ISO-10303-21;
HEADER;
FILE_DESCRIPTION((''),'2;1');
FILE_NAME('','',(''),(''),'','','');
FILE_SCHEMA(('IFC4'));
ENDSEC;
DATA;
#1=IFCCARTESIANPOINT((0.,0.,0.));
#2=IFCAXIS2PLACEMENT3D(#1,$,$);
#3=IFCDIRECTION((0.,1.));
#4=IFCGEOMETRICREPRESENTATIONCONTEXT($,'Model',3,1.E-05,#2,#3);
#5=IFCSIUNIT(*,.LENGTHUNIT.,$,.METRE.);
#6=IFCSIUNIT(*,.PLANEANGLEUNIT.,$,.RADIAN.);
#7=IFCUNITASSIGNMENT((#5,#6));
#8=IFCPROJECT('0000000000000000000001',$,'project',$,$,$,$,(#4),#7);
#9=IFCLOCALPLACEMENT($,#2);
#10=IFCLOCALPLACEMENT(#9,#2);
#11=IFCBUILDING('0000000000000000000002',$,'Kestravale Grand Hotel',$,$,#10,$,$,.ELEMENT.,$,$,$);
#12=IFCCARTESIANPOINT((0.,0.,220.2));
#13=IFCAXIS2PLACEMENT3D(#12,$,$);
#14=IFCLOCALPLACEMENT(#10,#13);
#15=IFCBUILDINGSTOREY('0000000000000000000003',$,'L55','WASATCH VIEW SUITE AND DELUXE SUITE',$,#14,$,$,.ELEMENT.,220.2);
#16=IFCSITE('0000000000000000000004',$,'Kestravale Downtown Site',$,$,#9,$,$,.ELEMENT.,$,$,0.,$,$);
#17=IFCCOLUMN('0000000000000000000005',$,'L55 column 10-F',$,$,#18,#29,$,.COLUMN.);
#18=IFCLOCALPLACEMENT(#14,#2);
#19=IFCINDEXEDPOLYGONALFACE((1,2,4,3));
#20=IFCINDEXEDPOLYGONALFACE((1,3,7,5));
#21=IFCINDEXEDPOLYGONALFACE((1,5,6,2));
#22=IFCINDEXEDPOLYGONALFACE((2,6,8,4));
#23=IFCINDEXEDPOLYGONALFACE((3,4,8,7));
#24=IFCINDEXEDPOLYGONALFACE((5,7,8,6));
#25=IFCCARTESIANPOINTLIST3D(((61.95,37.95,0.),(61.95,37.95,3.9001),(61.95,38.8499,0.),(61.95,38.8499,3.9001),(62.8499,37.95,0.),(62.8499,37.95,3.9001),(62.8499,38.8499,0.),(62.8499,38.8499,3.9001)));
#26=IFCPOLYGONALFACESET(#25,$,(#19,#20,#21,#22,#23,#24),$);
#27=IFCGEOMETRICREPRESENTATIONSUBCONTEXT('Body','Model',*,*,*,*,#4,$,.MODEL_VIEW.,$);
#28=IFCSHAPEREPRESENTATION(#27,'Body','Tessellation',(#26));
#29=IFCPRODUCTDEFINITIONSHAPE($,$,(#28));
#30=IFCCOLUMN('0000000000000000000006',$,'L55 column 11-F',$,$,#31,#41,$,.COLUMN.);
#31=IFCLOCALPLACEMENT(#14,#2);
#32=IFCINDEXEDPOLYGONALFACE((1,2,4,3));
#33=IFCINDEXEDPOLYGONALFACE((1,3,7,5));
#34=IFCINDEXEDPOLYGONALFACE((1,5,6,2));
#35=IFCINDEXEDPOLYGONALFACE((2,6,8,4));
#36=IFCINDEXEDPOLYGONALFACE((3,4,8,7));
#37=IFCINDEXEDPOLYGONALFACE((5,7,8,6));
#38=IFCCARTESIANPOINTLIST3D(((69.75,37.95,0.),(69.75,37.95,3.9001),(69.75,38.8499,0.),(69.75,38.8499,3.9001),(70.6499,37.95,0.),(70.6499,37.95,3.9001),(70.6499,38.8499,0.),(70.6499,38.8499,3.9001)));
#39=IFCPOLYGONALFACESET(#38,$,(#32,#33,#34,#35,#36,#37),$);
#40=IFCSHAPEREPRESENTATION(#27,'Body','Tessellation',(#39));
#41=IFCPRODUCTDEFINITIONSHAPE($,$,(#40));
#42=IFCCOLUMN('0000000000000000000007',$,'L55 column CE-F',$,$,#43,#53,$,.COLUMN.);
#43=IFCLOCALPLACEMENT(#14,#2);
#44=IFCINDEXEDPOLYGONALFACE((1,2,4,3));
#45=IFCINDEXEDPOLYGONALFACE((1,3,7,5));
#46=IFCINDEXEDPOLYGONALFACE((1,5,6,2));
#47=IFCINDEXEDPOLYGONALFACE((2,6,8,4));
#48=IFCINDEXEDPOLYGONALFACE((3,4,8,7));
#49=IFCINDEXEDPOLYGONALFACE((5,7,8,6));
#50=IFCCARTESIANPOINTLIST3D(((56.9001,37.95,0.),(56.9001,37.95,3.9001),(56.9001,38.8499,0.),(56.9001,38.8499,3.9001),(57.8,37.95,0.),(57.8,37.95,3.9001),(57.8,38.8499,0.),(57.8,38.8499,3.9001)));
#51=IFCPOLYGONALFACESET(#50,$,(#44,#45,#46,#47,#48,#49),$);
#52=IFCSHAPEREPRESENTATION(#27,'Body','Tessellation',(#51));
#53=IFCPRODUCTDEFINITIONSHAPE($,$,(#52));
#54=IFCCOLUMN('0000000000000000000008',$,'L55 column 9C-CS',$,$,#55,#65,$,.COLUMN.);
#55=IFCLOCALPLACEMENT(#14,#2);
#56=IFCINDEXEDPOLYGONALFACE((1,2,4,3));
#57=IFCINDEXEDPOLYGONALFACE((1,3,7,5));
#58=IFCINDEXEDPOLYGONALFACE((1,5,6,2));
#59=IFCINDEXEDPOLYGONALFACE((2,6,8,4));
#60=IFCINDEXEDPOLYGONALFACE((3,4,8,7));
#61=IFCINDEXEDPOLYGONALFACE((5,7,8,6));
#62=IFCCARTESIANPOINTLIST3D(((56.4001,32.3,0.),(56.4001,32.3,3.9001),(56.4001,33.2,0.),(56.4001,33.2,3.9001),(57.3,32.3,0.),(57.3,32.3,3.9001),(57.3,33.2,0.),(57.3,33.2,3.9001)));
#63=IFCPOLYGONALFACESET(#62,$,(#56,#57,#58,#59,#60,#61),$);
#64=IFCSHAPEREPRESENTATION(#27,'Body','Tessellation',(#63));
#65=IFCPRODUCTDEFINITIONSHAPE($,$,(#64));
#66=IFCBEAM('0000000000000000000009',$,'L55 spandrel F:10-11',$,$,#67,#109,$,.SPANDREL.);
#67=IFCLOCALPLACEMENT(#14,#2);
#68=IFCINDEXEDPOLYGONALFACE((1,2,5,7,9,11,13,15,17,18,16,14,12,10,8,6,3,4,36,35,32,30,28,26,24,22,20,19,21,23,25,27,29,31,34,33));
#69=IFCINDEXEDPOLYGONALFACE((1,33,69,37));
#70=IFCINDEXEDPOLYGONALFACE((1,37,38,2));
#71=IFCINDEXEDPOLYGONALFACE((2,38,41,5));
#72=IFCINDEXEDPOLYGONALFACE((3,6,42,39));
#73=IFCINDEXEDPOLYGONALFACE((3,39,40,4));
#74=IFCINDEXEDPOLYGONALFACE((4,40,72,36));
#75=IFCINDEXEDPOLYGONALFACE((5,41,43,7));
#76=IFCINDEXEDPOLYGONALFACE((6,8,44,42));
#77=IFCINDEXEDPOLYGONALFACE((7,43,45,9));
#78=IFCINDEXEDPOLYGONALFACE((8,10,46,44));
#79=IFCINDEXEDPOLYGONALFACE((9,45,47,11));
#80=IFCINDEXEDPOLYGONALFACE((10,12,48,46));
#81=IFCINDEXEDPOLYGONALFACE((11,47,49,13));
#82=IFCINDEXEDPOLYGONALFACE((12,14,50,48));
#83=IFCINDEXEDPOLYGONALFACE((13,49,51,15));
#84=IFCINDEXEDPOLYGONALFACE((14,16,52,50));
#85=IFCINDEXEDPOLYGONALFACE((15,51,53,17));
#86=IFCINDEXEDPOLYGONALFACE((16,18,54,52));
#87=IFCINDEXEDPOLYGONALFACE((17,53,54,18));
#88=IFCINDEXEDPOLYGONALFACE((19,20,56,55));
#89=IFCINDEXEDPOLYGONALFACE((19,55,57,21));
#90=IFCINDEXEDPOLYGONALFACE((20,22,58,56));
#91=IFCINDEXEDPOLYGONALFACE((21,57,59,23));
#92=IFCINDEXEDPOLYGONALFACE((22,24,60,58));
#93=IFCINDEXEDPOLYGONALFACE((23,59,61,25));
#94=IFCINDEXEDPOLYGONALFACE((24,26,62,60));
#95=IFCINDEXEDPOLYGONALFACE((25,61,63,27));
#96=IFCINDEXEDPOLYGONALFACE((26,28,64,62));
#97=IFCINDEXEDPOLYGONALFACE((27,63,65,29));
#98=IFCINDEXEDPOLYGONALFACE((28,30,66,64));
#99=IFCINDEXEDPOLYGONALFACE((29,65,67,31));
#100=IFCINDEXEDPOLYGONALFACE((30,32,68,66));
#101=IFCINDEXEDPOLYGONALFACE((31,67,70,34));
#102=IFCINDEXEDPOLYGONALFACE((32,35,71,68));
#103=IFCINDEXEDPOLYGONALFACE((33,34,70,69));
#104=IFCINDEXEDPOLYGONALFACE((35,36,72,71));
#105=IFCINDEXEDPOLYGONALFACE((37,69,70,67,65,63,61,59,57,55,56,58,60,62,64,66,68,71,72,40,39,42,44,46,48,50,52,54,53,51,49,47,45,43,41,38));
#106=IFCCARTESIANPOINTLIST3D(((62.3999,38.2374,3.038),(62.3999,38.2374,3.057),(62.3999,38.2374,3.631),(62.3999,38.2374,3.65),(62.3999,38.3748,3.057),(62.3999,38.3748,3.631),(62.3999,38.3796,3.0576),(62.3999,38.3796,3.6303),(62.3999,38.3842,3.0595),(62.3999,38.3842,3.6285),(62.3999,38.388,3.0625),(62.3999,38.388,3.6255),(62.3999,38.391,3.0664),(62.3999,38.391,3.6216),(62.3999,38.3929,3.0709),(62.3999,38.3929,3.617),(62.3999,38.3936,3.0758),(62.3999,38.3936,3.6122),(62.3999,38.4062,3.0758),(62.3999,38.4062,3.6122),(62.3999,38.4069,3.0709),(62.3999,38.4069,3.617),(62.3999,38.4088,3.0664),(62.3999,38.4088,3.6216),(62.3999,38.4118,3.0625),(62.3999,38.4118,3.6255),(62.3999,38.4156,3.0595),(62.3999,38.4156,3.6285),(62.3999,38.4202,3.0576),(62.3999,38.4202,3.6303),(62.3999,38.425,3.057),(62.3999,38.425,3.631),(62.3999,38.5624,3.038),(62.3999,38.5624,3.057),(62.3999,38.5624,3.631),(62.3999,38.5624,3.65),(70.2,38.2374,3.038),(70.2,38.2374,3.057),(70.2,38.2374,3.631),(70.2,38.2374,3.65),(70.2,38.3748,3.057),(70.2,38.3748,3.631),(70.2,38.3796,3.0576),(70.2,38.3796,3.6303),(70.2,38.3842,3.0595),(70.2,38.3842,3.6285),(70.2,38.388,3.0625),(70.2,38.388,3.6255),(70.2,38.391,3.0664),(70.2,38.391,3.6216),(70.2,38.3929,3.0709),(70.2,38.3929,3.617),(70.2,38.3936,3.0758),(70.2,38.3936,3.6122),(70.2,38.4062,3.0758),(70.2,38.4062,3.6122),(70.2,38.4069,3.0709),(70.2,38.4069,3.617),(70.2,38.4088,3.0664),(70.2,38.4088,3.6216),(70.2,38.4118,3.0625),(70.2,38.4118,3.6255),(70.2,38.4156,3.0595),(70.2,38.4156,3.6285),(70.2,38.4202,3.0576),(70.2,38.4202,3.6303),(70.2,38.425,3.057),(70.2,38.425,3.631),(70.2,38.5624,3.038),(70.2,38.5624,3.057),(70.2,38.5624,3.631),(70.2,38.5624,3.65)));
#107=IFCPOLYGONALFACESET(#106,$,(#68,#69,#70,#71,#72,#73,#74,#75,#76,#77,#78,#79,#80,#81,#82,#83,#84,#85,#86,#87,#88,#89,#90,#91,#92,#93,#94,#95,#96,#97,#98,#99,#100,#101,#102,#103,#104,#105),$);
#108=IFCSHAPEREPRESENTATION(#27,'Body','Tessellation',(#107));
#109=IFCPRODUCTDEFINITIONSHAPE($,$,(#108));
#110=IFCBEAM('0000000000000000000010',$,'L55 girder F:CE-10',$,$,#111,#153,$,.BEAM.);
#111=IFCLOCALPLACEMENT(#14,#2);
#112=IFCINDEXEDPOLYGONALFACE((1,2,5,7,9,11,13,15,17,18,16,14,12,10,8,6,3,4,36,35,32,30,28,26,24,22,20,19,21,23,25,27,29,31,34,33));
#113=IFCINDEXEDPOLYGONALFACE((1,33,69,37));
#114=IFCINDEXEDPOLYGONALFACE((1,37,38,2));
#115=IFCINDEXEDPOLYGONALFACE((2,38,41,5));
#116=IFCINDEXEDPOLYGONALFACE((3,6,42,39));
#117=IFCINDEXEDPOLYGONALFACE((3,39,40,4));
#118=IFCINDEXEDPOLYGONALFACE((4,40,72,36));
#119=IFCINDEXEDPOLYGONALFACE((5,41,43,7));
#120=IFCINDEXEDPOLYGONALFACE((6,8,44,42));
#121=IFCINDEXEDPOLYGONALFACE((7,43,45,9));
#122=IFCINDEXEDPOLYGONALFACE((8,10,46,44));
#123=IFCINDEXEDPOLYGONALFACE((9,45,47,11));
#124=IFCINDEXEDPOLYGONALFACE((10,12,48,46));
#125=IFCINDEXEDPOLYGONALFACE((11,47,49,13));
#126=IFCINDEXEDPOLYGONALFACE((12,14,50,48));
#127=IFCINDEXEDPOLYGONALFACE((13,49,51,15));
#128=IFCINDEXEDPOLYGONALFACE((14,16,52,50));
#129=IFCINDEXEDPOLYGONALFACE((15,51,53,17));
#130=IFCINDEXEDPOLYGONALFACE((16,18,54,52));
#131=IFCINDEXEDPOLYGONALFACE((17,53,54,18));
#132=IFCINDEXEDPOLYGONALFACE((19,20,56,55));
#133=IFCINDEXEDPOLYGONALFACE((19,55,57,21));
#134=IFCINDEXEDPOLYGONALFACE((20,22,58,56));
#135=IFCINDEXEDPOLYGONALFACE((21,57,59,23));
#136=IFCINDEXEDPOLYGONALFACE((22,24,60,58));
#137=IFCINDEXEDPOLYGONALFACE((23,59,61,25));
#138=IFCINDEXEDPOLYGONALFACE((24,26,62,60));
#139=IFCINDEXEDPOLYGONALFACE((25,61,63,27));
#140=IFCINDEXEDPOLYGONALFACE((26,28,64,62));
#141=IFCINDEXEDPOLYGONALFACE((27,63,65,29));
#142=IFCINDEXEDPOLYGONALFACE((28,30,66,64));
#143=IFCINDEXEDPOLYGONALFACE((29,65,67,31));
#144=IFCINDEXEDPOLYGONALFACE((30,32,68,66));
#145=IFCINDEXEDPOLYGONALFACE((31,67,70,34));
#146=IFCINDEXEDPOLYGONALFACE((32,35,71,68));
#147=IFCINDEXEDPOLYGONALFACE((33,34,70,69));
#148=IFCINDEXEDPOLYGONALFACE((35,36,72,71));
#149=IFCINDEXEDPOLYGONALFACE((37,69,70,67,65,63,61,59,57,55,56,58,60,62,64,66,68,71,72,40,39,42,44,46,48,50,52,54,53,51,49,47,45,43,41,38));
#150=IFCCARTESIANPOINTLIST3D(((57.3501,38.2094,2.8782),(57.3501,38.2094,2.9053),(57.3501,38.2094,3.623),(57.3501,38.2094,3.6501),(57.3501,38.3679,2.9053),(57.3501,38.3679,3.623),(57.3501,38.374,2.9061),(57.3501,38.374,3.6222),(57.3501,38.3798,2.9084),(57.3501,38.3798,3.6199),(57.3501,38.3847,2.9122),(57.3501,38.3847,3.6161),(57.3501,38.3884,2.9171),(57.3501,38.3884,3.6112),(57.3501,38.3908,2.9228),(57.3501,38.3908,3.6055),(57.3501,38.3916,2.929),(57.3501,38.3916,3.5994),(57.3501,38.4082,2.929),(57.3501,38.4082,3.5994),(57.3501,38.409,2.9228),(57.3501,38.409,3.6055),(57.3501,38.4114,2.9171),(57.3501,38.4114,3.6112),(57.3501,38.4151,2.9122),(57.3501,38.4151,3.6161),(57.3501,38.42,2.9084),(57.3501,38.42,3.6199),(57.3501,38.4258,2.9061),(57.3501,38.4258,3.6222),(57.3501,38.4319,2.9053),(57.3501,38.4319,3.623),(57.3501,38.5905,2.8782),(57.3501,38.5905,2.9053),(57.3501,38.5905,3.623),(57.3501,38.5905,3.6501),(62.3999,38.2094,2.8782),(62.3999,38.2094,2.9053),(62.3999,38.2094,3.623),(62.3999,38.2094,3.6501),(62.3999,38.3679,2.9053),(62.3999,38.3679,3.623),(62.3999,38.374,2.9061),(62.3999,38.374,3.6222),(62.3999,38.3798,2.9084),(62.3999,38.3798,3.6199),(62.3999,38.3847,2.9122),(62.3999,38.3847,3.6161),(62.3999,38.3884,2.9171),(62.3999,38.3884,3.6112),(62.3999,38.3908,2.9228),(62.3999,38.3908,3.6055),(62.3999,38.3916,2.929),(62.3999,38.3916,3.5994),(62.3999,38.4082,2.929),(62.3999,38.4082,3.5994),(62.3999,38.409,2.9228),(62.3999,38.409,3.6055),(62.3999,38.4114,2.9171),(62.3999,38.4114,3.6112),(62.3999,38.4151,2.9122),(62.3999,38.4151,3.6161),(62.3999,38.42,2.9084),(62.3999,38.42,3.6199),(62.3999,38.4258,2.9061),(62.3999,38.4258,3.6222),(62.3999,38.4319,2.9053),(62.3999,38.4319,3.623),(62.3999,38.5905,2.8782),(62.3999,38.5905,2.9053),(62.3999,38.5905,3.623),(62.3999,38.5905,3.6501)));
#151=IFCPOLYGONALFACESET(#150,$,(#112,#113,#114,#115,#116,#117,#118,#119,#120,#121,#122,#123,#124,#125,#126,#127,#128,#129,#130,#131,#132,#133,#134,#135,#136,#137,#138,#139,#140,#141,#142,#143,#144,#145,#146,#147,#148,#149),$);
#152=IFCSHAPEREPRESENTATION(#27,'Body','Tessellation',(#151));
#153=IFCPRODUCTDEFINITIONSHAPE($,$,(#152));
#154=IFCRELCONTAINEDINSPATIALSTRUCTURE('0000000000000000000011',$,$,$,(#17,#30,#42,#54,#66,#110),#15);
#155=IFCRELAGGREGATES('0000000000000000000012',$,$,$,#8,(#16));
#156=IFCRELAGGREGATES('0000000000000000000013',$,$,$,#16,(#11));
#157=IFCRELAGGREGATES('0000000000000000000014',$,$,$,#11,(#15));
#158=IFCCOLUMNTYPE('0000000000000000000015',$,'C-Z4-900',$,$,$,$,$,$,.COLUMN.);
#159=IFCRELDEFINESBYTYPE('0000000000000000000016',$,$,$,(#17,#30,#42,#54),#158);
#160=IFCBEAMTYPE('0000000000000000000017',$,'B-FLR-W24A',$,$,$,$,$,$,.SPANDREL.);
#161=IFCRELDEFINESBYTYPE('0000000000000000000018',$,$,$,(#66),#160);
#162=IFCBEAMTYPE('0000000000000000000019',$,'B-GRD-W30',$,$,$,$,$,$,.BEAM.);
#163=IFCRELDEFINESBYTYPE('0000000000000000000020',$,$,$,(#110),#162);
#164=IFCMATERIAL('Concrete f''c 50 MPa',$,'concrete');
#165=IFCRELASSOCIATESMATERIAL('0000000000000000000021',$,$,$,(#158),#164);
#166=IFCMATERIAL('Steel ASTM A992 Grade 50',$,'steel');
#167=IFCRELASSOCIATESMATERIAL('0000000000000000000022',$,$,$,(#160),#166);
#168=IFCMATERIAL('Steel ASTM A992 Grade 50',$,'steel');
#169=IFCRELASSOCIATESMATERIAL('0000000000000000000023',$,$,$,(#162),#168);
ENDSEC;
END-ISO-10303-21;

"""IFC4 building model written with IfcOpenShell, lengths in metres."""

from ifc_helpers import new_model, si_unit, direction, frame, origin, origin_2d, place, context, subcontext, project, spatial, rectangle, i_section, extrude, material, material_profile, profile_set, type_object, element, save


model = new_model("IFC4")

# Units and contexts
model_context = context("Model", 3, precision=1e-05, world=origin(), true_north=direction((0.0, 1.0)))
body_context = subcontext(model_context, "Body", "Model", "MODEL_VIEW")
ifc_project = project(units=[si_unit("LENGTHUNIT", "METRE"), si_unit("PLANEANGLEUNIT", "RADIAN")], contexts=[model_context])

# Site, building, storey
site_placement = place(None, origin())
site = spatial("IfcSite", under=ifc_project, at=site_placement, Name="Kestravale Downtown Site", CompositionType="ELEMENT", RefElevation=0.0)
building_placement = place(site_placement, origin())
building = spatial("IfcBuilding", under=site, at=building_placement, Name="Kestravale Grand Hotel", CompositionType="ELEMENT")
storey_placement = place(building_placement, frame((0.0, 0.0, 220.2)))
storey = spatial("IfcBuildingStorey", under=building, at=storey_placement, Name="L55", Description="WASATCH VIEW SUITE AND DELUXE SUITE", CompositionType="ELEMENT", Elevation=220.2)

# Columns
ifc_material_1 = material(Name="Concrete f'c 50 MPa", Category="concrete")
ifc_material_profile_1 = material_profile(ifc_material_1, rectangle(XDim=0.8999, YDim=0.8999, at=origin_2d()))
ifc_profile_set_1 = profile_set([ifc_material_profile_1], Name="Concrete f'c 50 MPa")
column_type = type_object("IfcColumnType", Name="C-Z4-900", PredefinedType="COLUMN", material=ifc_profile_set_1)
for number, where, z_axis, x_axis, name in (
    (1, (62.3999, 38.3999, 0.0), (0.0, 0.0, 1.0), (1.0, 0.0, 0.0), "L55 column 10-F"),
    (2, (70.2, 38.3999, 0.0), (0.0, 0.0, 1.0), (1.0, 0.0, 0.0), "L55 column 11-F"),
    (3, (57.3501, 38.3999, 0.0), (0.0, 0.0, 1.0), (1.0, 0.0, 0.0), "L55 column CE-F"),
    (4, (56.8501, 32.75, 0.0), (0.0, 0.0, 1.0), (1.0, 0.0, 0.0), "L55 column 9C-CS"),
):
    element("IfcColumn", number, at=place(storey_placement, frame(where, z_axis=z_axis, x_axis=x_axis)), inside=storey, type_object=column_type, Name=name, PredefinedType="COLUMN", context=body_context, shape_type="SweptSolid", body=[
        extrude(rectangle(XDim=0.8999, YDim=0.8999, at=origin_2d()), origin(), (0.0, 0.0, 1.0), 3.9001),
    ])

# Beams
ifc_material_2 = material(Name="Steel ASTM A992 Grade 50", Category="steel")
ifc_material_profile_2 = material_profile(ifc_material_2, i_section(OverallWidth=0.325, OverallDepth=0.6121, WebThickness=0.0127, FlangeThickness=0.019, FilletRadius=0.0188, at=origin_2d()))
ifc_profile_set_2 = profile_set([ifc_material_profile_2], Name="Steel ASTM A992 Grade 50")
beam_type_1 = type_object("IfcBeamType", Name="B-FLR-W24A", PredefinedType="SPANDREL", material=ifc_profile_set_2)
beam_1_placement = place(storey_placement, frame((62.3999, 38.3999, 3.344), z_axis=(1.0, 0.0, 0.0), x_axis=(0.0, 1.0, 0.0)))
element("IfcBeam", 5, at=beam_1_placement, inside=storey, type_object=beam_type_1, Name="L55 spandrel F:10-11", PredefinedType="SPANDREL", context=body_context, shape_type="SweptSolid", body=[
    extrude(i_section(OverallWidth=0.325, OverallDepth=0.6121, WebThickness=0.0127, FlangeThickness=0.019, FilletRadius=0.0188, at=origin_2d()), origin(), (0.0, 0.0, 1.0), 7.8),
])
ifc_material_3 = material(Name="Steel ASTM A992 Grade 50", Category="steel")
ifc_material_profile_3 = material_profile(ifc_material_3, i_section(OverallWidth=0.3811, OverallDepth=0.772, WebThickness=0.0166, FlangeThickness=0.0271, FilletRadius=0.0237, at=origin_2d()))
ifc_profile_set_3 = profile_set([ifc_material_profile_3], Name="Steel ASTM A992 Grade 50")
beam_type_2 = type_object("IfcBeamType", Name="B-GRD-W30", PredefinedType="BEAM", material=ifc_profile_set_3)
beam_2_placement = place(storey_placement, frame((57.3501, 38.3999, 3.2642), z_axis=(1.0, 0.0, 0.0), x_axis=(0.0, 1.0, 0.0)))
element("IfcBeam", 6, at=beam_2_placement, inside=storey, type_object=beam_type_2, Name="L55 girder F:CE-10", PredefinedType="BEAM", context=body_context, shape_type="SweptSolid", body=[
    extrude(i_section(OverallWidth=0.3811, OverallDepth=0.772, WebThickness=0.0166, FlangeThickness=0.0271, FilletRadius=0.0237, at=origin_2d()), origin(), (0.0, 0.0, 1.0), 5.0498),
])

save(model, "model.ifc")
